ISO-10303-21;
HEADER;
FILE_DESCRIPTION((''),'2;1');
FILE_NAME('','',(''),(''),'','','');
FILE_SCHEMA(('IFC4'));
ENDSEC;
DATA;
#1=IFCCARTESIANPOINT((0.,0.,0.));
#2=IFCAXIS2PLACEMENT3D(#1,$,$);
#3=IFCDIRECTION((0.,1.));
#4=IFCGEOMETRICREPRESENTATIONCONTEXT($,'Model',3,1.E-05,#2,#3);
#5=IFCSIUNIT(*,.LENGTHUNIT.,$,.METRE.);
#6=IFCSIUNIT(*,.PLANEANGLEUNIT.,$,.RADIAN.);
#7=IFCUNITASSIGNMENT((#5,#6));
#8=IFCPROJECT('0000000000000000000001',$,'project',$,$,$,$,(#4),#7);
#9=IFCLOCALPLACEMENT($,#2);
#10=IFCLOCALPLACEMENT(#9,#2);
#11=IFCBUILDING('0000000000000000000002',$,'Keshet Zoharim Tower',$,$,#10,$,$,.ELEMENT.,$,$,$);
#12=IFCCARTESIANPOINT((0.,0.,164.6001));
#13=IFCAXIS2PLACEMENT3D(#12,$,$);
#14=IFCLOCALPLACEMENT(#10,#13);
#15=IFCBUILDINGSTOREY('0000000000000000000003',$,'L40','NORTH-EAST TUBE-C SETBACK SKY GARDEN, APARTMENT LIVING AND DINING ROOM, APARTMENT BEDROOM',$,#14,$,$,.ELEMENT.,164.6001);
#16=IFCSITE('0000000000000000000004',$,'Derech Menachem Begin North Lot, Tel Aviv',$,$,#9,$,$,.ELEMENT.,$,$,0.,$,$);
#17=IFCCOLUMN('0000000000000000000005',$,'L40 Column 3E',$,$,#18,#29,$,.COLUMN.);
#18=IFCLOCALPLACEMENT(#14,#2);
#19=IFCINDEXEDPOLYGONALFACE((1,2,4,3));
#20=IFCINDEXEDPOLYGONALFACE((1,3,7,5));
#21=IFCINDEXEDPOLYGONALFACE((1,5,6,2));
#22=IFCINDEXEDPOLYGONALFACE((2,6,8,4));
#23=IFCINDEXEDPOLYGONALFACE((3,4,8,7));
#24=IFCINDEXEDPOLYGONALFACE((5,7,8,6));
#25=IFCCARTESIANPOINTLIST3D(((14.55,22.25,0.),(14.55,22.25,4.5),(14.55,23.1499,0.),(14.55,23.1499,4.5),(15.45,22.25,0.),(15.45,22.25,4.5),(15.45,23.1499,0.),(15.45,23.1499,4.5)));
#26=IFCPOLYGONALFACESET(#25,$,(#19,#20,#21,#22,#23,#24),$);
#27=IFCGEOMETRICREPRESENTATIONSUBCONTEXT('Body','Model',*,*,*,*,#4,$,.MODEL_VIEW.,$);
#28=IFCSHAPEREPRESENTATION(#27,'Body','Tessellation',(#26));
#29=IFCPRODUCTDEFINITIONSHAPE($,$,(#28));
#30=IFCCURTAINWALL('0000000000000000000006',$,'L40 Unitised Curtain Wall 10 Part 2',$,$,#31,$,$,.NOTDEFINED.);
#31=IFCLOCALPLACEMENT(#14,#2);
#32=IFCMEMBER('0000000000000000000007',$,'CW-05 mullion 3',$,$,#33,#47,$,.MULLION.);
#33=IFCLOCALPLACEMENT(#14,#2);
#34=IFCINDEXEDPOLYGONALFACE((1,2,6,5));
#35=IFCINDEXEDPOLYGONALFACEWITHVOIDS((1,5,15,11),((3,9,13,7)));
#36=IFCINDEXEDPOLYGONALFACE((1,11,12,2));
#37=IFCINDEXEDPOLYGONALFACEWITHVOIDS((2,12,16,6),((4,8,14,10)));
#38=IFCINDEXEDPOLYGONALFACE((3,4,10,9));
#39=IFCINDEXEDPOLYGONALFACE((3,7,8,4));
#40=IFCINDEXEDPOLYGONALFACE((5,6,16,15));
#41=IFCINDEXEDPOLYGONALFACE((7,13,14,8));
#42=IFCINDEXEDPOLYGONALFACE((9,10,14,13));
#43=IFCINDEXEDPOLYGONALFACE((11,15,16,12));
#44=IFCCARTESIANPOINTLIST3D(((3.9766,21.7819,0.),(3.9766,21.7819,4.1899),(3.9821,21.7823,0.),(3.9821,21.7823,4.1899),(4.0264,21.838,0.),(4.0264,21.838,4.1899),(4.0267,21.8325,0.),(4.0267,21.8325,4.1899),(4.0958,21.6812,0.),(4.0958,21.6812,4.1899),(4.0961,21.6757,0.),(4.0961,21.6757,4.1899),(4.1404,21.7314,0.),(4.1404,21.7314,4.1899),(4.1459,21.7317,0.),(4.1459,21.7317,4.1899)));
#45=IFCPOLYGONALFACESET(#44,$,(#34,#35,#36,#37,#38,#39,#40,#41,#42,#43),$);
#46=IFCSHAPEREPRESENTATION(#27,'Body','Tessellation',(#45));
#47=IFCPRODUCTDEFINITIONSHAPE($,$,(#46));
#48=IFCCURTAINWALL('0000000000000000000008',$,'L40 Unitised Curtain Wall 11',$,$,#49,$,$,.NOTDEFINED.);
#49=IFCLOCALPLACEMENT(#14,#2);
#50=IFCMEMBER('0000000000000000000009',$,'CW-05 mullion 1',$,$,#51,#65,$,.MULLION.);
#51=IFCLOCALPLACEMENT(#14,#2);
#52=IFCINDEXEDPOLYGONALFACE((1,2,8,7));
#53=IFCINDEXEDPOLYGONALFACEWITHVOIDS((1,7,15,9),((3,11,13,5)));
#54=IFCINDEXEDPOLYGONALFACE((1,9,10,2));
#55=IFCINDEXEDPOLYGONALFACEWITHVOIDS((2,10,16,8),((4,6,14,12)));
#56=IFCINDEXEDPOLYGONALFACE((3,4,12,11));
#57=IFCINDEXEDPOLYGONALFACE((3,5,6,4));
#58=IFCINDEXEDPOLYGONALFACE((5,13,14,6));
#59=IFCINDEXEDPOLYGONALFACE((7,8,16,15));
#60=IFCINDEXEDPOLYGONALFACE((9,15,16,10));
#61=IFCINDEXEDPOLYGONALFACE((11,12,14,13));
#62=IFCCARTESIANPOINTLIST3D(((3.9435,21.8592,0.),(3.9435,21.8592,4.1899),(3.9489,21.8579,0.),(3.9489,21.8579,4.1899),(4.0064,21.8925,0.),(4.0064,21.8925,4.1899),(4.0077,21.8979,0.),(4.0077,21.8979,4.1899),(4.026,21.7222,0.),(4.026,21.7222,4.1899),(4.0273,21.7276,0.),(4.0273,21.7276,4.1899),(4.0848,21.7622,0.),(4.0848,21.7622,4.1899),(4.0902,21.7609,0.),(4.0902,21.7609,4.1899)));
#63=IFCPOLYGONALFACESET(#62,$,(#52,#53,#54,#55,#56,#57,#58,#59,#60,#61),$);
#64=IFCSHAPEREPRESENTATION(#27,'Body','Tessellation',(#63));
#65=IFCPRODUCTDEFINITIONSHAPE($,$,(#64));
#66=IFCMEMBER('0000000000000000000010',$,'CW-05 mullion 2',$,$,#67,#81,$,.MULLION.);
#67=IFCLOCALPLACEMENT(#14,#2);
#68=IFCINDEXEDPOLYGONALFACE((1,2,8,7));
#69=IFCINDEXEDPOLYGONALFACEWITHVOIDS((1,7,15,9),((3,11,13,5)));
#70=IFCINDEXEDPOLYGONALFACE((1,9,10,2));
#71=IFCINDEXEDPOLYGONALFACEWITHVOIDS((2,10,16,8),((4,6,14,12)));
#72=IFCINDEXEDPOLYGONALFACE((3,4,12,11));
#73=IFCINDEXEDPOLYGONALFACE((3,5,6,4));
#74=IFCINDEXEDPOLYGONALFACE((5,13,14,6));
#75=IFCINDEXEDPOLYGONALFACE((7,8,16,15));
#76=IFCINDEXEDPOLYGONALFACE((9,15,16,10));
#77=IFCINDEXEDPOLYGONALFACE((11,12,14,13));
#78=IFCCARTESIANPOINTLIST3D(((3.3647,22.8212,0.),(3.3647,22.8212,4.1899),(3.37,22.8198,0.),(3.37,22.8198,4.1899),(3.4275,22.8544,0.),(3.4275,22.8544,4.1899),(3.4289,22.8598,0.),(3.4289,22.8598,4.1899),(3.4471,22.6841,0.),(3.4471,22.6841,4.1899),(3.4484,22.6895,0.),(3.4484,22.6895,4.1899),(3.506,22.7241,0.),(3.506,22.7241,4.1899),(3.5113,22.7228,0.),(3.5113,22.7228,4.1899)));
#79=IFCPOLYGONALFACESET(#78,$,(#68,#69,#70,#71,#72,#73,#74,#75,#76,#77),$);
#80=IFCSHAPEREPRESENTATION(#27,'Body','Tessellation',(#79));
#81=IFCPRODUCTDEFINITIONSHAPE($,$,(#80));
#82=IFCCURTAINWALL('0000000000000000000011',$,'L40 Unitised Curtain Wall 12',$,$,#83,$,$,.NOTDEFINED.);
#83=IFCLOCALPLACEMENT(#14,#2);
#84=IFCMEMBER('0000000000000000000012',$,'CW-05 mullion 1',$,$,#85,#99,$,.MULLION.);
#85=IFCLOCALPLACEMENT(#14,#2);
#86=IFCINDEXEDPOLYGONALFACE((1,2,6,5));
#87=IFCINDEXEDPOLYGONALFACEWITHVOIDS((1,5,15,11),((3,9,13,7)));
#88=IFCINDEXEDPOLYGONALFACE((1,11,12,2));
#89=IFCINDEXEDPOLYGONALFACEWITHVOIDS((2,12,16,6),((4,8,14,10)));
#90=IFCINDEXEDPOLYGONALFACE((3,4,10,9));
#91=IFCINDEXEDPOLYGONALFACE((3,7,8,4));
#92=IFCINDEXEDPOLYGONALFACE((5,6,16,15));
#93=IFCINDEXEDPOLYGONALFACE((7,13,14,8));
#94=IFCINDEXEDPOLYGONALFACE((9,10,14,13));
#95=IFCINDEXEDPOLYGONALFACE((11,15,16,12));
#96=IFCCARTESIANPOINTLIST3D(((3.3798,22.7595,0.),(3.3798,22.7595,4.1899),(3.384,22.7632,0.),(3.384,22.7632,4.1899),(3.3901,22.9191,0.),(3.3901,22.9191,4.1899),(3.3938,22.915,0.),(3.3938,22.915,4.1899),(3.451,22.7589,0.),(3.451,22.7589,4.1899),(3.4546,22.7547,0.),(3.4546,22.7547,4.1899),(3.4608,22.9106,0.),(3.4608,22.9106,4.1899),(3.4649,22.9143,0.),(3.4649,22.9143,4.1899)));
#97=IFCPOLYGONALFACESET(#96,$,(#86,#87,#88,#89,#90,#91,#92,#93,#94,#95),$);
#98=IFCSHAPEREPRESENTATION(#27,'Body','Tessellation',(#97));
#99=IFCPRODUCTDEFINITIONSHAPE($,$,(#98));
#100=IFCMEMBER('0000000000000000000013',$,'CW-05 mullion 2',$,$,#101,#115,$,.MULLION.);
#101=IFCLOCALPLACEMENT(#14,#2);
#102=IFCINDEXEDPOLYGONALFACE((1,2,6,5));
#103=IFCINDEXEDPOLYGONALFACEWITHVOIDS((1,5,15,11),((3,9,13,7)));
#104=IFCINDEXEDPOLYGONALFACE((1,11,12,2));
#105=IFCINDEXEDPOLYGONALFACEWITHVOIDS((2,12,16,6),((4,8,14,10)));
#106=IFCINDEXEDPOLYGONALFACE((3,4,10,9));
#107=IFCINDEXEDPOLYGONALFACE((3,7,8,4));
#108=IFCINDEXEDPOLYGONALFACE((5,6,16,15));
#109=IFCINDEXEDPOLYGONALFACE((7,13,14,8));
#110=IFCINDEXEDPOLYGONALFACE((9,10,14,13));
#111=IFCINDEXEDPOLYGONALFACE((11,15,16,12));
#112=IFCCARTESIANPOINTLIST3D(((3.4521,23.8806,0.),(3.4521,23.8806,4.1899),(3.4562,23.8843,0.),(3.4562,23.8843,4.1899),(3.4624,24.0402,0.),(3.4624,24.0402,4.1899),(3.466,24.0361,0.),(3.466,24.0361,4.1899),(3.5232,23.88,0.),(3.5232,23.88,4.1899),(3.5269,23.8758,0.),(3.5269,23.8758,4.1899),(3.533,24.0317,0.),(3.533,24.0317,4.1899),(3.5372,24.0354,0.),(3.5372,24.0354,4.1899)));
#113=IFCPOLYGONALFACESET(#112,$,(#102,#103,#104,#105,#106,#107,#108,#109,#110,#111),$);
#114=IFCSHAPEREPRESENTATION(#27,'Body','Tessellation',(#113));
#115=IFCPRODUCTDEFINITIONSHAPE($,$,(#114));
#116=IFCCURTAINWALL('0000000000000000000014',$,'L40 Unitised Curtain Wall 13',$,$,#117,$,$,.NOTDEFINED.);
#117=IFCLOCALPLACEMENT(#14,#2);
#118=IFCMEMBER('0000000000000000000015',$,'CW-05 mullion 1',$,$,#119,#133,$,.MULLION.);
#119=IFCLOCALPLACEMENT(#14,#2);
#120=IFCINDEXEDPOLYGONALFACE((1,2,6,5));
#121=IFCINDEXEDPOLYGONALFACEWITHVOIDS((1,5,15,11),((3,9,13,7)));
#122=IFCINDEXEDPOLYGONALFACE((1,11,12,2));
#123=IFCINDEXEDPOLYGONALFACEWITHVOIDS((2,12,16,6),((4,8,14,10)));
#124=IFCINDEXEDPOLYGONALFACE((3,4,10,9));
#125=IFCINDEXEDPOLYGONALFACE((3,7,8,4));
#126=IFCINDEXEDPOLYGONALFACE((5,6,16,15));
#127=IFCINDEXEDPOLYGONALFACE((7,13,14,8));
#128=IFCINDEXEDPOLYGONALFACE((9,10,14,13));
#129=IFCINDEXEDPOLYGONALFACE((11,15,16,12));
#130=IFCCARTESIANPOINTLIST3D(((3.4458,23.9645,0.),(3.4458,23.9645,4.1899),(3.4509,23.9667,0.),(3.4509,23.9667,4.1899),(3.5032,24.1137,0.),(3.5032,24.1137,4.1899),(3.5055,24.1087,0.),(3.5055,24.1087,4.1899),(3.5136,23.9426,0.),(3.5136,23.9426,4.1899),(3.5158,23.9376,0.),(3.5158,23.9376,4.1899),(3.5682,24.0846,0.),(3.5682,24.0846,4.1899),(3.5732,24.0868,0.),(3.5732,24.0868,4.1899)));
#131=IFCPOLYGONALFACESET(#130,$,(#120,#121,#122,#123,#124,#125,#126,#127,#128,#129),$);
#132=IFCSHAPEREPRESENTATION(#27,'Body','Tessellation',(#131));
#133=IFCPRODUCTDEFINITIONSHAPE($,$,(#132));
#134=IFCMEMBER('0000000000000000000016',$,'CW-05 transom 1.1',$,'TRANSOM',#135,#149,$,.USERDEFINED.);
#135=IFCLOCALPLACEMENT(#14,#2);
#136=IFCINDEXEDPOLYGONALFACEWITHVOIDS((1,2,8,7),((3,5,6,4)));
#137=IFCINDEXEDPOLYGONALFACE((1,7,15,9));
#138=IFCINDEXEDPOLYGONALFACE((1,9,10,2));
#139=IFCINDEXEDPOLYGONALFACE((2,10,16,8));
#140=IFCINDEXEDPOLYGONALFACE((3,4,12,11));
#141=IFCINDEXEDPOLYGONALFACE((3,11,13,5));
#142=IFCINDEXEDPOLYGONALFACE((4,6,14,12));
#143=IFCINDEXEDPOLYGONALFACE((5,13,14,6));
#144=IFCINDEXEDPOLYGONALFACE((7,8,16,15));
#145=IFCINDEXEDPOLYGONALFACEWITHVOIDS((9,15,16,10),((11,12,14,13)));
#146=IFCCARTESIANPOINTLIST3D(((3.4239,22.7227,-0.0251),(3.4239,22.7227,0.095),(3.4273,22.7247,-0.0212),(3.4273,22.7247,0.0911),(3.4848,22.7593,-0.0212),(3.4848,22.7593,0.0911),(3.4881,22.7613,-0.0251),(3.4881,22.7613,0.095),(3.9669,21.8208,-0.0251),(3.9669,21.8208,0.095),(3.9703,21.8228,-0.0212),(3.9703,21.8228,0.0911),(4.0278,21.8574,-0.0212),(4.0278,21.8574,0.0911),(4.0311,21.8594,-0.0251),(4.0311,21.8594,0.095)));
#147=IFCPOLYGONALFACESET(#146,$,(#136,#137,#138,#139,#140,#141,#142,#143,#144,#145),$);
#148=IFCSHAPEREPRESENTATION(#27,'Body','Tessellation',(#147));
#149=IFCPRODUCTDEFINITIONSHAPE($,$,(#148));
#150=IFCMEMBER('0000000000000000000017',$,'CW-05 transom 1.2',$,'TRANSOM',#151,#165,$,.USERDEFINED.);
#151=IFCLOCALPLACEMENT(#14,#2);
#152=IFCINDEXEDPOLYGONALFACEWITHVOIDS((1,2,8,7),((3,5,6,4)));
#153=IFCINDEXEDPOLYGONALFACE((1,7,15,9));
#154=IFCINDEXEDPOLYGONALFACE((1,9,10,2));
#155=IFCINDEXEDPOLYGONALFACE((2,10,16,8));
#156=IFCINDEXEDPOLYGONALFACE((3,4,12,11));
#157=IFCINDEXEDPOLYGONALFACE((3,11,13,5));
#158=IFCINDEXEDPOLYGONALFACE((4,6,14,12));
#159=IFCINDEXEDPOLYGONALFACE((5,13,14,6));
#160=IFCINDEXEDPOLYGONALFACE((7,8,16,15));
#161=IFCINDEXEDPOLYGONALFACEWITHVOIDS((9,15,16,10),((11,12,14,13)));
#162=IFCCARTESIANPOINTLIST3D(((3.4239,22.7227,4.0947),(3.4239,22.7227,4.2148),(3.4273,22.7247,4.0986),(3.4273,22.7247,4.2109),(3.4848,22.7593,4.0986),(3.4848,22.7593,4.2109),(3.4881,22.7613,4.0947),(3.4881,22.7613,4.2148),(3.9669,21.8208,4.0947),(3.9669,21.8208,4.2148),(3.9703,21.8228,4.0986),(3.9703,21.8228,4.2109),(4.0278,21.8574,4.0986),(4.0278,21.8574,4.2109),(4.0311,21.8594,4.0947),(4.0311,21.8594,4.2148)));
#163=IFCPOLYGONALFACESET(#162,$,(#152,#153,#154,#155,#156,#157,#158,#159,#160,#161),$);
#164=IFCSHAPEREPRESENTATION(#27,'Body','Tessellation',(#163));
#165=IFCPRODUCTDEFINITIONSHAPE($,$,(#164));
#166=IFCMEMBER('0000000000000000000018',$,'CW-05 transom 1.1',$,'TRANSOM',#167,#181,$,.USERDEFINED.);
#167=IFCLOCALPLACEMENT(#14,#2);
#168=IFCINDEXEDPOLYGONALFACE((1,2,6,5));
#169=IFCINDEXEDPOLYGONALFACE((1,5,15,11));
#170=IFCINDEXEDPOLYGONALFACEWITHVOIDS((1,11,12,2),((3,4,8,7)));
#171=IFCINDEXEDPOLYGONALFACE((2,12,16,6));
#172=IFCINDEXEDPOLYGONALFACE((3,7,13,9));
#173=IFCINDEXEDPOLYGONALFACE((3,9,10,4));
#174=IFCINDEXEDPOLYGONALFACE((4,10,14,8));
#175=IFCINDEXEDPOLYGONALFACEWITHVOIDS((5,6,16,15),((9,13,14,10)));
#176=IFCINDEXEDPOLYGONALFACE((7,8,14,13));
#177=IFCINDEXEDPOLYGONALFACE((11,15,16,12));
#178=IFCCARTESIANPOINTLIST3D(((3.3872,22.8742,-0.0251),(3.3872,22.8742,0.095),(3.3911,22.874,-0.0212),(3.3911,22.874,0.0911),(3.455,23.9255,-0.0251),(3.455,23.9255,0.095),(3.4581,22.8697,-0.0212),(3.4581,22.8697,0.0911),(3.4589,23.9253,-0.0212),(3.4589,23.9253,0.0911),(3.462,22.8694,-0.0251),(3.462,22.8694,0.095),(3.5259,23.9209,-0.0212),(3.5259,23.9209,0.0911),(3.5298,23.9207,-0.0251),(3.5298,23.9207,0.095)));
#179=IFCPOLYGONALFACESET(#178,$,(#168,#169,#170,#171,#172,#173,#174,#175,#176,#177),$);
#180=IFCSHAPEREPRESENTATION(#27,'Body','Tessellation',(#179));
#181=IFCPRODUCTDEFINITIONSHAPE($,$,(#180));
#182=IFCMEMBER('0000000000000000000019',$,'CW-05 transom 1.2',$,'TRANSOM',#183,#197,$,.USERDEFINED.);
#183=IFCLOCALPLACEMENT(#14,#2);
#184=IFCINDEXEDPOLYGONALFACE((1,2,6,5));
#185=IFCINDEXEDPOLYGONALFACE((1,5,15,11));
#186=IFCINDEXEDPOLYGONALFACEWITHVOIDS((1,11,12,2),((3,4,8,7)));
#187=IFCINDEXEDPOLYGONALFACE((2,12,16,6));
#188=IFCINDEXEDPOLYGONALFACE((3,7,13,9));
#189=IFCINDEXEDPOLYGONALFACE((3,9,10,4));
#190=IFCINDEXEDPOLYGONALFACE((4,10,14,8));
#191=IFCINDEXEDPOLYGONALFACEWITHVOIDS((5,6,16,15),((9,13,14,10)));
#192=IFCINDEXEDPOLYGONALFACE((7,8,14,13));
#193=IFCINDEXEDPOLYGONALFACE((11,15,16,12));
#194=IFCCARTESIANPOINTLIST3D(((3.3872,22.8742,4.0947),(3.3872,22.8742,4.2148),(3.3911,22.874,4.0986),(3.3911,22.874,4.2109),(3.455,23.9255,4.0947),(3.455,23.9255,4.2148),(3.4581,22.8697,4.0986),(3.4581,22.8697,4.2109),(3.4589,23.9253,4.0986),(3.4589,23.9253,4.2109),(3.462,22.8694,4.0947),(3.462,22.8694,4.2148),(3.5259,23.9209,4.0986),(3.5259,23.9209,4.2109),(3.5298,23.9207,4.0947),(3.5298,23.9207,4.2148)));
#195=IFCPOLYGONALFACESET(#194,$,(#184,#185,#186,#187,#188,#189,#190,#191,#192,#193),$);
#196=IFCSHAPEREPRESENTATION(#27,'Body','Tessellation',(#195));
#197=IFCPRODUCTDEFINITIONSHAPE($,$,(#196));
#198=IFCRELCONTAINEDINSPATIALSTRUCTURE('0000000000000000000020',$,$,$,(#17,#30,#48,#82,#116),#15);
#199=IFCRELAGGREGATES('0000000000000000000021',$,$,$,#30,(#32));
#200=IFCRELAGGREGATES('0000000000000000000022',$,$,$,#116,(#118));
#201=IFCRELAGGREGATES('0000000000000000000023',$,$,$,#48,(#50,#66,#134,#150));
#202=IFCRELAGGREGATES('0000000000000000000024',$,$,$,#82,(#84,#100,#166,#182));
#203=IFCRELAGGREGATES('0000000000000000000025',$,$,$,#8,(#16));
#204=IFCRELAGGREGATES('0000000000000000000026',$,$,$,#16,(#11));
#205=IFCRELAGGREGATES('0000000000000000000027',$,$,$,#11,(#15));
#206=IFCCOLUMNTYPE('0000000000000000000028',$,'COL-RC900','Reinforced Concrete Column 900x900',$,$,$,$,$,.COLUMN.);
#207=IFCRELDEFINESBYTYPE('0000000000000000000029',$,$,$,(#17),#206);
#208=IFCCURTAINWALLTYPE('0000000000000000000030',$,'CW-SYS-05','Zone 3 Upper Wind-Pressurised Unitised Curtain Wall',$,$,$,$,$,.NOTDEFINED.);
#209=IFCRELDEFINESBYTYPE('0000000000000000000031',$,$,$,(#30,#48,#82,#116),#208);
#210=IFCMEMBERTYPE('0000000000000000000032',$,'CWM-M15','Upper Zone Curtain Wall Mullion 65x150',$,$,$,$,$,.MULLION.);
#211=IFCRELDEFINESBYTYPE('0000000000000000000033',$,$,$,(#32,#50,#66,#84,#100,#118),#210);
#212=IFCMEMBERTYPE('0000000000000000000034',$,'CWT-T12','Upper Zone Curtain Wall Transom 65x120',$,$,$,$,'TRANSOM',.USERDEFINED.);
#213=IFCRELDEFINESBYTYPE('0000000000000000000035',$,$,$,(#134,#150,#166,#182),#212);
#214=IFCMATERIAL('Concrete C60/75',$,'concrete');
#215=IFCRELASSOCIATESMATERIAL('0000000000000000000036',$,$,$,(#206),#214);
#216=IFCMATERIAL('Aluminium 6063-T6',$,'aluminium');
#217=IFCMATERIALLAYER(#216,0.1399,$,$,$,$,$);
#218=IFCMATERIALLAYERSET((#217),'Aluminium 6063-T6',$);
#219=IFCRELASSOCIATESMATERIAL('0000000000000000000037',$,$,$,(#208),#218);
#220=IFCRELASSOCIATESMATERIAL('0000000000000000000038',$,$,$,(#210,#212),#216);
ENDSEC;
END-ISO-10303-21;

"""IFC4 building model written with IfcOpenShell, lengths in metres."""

from ifc_helpers import new_model, si_unit, direction, frame, origin, origin_2d, place, context, subcontext, project, spatial, rectangle, hollow_rectangle, extrude, material, layer, layer_set, material_profile, profile_set, type_object, element, aggregate, save


model = new_model("IFC4")

# Units and contexts
model_context = context("Model", 3, precision=1e-05, world=origin(), true_north=direction((0.0, 1.0)))
body_context = subcontext(model_context, "Body", "Model", "MODEL_VIEW")
ifc_project = project(units=[si_unit("LENGTHUNIT", "METRE"), si_unit("PLANEANGLEUNIT", "RADIAN")], contexts=[model_context])

# Site, building, storey
site_placement = place(None, origin())
site = spatial("IfcSite", under=ifc_project, at=site_placement, Name="Derech Menachem Begin North Lot, Tel Aviv", CompositionType="ELEMENT", RefElevation=0.0)
building_placement = place(site_placement, origin())
building = spatial("IfcBuilding", under=site, at=building_placement, Name="Keshet Zoharim Tower", CompositionType="ELEMENT")
storey_placement = place(building_placement, frame((0.0, 0.0, 164.6001)))
storey = spatial("IfcBuildingStorey", under=building, at=storey_placement, Name="L40", Description="NORTH-EAST TUBE-C SETBACK SKY GARDEN, APARTMENT LIVING AND DINING ROOM, APARTMENT BEDROOM", CompositionType="ELEMENT", Elevation=164.6001)

# Column
ifc_material_1 = material(Name="Concrete C60/75", Category="concrete")
ifc_material_profile_1 = material_profile(ifc_material_1, rectangle(XDim=0.8999, YDim=0.8999, at=origin_2d()), Name="RC900x900")
ifc_profile_set_1 = profile_set([ifc_material_profile_1], Name="Concrete C60/75")
column_type = type_object("IfcColumnType", Name="COL-RC900", Description="Reinforced Concrete Column 900x900", PredefinedType="COLUMN", material=ifc_profile_set_1)
column_placement = place(storey_placement, frame((15.0, 22.7, 0.0), z_axis=(0.0, 0.0, 1.0), x_axis=(1.0, 0.0, 0.0)))
element("IfcColumn", 1, at=column_placement, inside=storey, type_object=column_type, Name="L40 Column 3E", PredefinedType="COLUMN", context=body_context, shape_type="SweptSolid", body=[
    extrude(rectangle(XDim=0.8999, YDim=0.8999, at=origin_2d()), origin(), (0.0, 0.0, 1.0), 4.5),
])

# Curtain wall, member
ifc_material_2 = material(Name="Aluminium 6063-T6", Category="aluminium")
ifc_layer_1 = layer(ifc_material_2, 0.1399)
ifc_layer_set_1 = layer_set([ifc_layer_1], Name="Aluminium 6063-T6")
curtain_wall_type = type_object("IfcCurtainWallType", Name="CW-SYS-05", Description="Zone 3 Upper Wind-Pressurised Unitised Curtain Wall", PredefinedType="NOTDEFINED", material=ifc_layer_set_1)
curtain_wall_1_placement = place(storey_placement, origin())
curtain_wall_1 = element("IfcCurtainWall", 2, at=curtain_wall_1_placement, inside=storey, type_object=curtain_wall_type, Name="L40 Unitised Curtain Wall 10 Part 2", PredefinedType="NOTDEFINED")
ifc_material_profile_2 = material_profile(ifc_material_2, hollow_rectangle(XDim=0.075, YDim=0.1599, WallThickness=0.0039, at=origin_2d()), Name="MUL-75x160")
ifc_profile_set_2 = profile_set([ifc_material_profile_2], Name="Aluminium 6063-T6")
member_type_1 = type_object("IfcMemberType", Name="CWM-M15", Description="Upper Zone Curtain Wall Mullion 65x150", PredefinedType="MULLION", material=ifc_profile_set_2)
member_1_placement = place(storey_placement, frame((4.0613, 21.7568, 0.0), z_axis=(0.0, 0.0, 1.0), x_axis=(-0.664364, -0.747409, 0.0)))
member_1 = element("IfcMember", 3, at=member_1_placement, type_object=member_type_1, Name="CW-05 mullion 3", PredefinedType="MULLION", context=body_context, shape_type="SweptSolid", body=[
    extrude(hollow_rectangle(XDim=0.075, YDim=0.1599, WallThickness=0.0039, at=origin_2d()), origin(), (0.0, 0.0, 1.0), 4.1899),
])
aggregate(curtain_wall_1, [member_1])

# Curtain walls, members
curtain_wall_2_placement = place(storey_placement, origin())
curtain_wall_2 = element("IfcCurtainWall", 4, at=curtain_wall_2_placement, inside=storey, type_object=curtain_wall_type, Name="L40 Unitised Curtain Wall 11", PredefinedType="NOTDEFINED")
member_2_placement = place(storey_placement, frame((4.0168, 21.8101, 0.0), z_axis=(0.0, 0.0, 1.0), x_axis=(-0.856826, -0.515605, 0.0)))
member_2 = element("IfcMember", 5, at=member_2_placement, type_object=member_type_1, Name="CW-05 mullion 1", PredefinedType="MULLION", context=body_context, shape_type="SweptSolid", body=[
    extrude(hollow_rectangle(XDim=0.075, YDim=0.1599, WallThickness=0.0039, at=origin_2d()), origin(), (0.0, 0.0, 1.0), 4.1899),
])
member_3_placement = place(storey_placement, frame((3.438, 22.772, 0.0), z_axis=(0.0, 0.0, 1.0), x_axis=(-0.856826, -0.515605, 0.0)))
member_3 = element("IfcMember", 6, at=member_3_placement, type_object=member_type_1, Name="CW-05 mullion 2", PredefinedType="MULLION", context=body_context, shape_type="SweptSolid", body=[
    extrude(hollow_rectangle(XDim=0.075, YDim=0.1599, WallThickness=0.0039, at=origin_2d()), origin(), (0.0, 0.0, 1.0), 4.1899),
])
curtain_wall_3_placement = place(storey_placement, origin())
curtain_wall_3 = element("IfcCurtainWall", 7, at=curtain_wall_3_placement, inside=storey, type_object=curtain_wall_type, Name="L40 Unitised Curtain Wall 12", PredefinedType="NOTDEFINED")
member_4_placement = place(storey_placement, frame((3.4224, 22.8369, 0.0), z_axis=(0.0, 0.0, 1.0), x_axis=(-0.997917, 0.064517, 0.0)))
member_4 = element("IfcMember", 8, at=member_4_placement, type_object=member_type_1, Name="CW-05 mullion 1", PredefinedType="MULLION", context=body_context, shape_type="SweptSolid", body=[
    extrude(hollow_rectangle(XDim=0.075, YDim=0.1599, WallThickness=0.0039, at=origin_2d()), origin(), (0.0, 0.0, 1.0), 4.1899),
])
member_5_placement = place(storey_placement, frame((3.4946, 23.958, 0.0), z_axis=(0.0, 0.0, 1.0), x_axis=(-0.997917, 0.064517, 0.0)))
member_5 = element("IfcMember", 9, at=member_5_placement, type_object=member_type_1, Name="CW-05 mullion 2", PredefinedType="MULLION", context=body_context, shape_type="SweptSolid", body=[
    extrude(hollow_rectangle(XDim=0.075, YDim=0.1599, WallThickness=0.0039, at=origin_2d()), origin(), (0.0, 0.0, 1.0), 4.1899),
])

# Curtain wall, member
curtain_wall_4_placement = place(storey_placement, origin())
curtain_wall_4 = element("IfcCurtainWall", 10, at=curtain_wall_4_placement, inside=storey, type_object=curtain_wall_type, Name="L40 Unitised Curtain Wall 13", PredefinedType="NOTDEFINED")
member_6_placement = place(storey_placement, frame((3.5095, 24.0256, 0.0), z_axis=(0.0, 0.0, 1.0), x_axis=(-0.933341, 0.35899, 0.0)))
member_6 = element("IfcMember", 11, at=member_6_placement, type_object=member_type_1, Name="CW-05 mullion 1", PredefinedType="MULLION", context=body_context, shape_type="SweptSolid", body=[
    extrude(hollow_rectangle(XDim=0.075, YDim=0.1599, WallThickness=0.0039, at=origin_2d()), origin(), (0.0, 0.0, 1.0), 4.1899),
])

# Members
ifc_material_profile_3 = material_profile(ifc_material_2, hollow_rectangle(XDim=0.075, YDim=0.1201, WallThickness=0.0039, at=origin_2d()), Name="TRN-75x120")
ifc_profile_set_3 = profile_set([ifc_material_profile_3], Name="Aluminium 6063-T6")
member_type_2 = type_object("IfcMemberType", Name="CWT-T12", Description="Upper Zone Curtain Wall Transom 65x120", ElementType="TRANSOM", PredefinedType="USERDEFINED", material=ifc_profile_set_3)
member_7_placement = place(storey_placement, frame((3.999, 21.8401, 0.0349), z_axis=(-0.515791, 0.856714, 0.0), x_axis=(-0.856714, -0.515791, 0.0)))
member_7 = element("IfcMember", 12, at=member_7_placement, type_object=member_type_2, Name="CW-05 transom 1.1", ObjectType="TRANSOM", PredefinedType="USERDEFINED", context=body_context, shape_type="SweptSolid", body=[
    extrude(hollow_rectangle(XDim=0.075, YDim=0.1201, WallThickness=0.0039, at=origin_2d()), origin(), (0.0, 0.0, 1.0), 1.0527),
])
member_8_placement = place(storey_placement, frame((3.999, 21.8401, 4.1548), z_axis=(-0.515791, 0.856714, 0.0), x_axis=(-0.856714, -0.515791, 0.0)))
member_8 = element("IfcMember", 13, at=member_8_placement, type_object=member_type_2, Name="CW-05 transom 1.2", ObjectType="TRANSOM", PredefinedType="USERDEFINED", context=body_context, shape_type="SweptSolid", body=[
    extrude(hollow_rectangle(XDim=0.075, YDim=0.1201, WallThickness=0.0039, at=origin_2d()), origin(), (0.0, 0.0, 1.0), 1.0527),
])
member_9_placement = place(storey_placement, frame((3.4246, 22.8718, 0.0349), z_axis=(0.064427, 0.997922, 0.0), x_axis=(-0.997922, 0.064427, 0.0)))
member_9 = element("IfcMember", 14, at=member_9_placement, type_object=member_type_2, Name="CW-05 transom 1.1", ObjectType="TRANSOM", PredefinedType="USERDEFINED", context=body_context, shape_type="SweptSolid", body=[
    extrude(hollow_rectangle(XDim=0.075, YDim=0.1201, WallThickness=0.0039, at=origin_2d()), origin(), (0.0, 0.0, 1.0), 1.0535),
])
member_10_placement = place(storey_placement, frame((3.4246, 22.8718, 4.1548), z_axis=(0.064427, 0.997922, 0.0), x_axis=(-0.997922, 0.064427, 0.0)))
member_10 = element("IfcMember", 15, at=member_10_placement, type_object=member_type_2, Name="CW-05 transom 1.2", ObjectType="TRANSOM", PredefinedType="USERDEFINED", context=body_context, shape_type="SweptSolid", body=[
    extrude(hollow_rectangle(XDim=0.075, YDim=0.1201, WallThickness=0.0039, at=origin_2d()), origin(), (0.0, 0.0, 1.0), 1.0535),
])
aggregate(curtain_wall_4, [member_6])

aggregate(curtain_wall_2, [member_2, member_3, member_7, member_8])
aggregate(curtain_wall_3, [member_4, member_5, member_9, member_10])

save(model, "model.ifc")
